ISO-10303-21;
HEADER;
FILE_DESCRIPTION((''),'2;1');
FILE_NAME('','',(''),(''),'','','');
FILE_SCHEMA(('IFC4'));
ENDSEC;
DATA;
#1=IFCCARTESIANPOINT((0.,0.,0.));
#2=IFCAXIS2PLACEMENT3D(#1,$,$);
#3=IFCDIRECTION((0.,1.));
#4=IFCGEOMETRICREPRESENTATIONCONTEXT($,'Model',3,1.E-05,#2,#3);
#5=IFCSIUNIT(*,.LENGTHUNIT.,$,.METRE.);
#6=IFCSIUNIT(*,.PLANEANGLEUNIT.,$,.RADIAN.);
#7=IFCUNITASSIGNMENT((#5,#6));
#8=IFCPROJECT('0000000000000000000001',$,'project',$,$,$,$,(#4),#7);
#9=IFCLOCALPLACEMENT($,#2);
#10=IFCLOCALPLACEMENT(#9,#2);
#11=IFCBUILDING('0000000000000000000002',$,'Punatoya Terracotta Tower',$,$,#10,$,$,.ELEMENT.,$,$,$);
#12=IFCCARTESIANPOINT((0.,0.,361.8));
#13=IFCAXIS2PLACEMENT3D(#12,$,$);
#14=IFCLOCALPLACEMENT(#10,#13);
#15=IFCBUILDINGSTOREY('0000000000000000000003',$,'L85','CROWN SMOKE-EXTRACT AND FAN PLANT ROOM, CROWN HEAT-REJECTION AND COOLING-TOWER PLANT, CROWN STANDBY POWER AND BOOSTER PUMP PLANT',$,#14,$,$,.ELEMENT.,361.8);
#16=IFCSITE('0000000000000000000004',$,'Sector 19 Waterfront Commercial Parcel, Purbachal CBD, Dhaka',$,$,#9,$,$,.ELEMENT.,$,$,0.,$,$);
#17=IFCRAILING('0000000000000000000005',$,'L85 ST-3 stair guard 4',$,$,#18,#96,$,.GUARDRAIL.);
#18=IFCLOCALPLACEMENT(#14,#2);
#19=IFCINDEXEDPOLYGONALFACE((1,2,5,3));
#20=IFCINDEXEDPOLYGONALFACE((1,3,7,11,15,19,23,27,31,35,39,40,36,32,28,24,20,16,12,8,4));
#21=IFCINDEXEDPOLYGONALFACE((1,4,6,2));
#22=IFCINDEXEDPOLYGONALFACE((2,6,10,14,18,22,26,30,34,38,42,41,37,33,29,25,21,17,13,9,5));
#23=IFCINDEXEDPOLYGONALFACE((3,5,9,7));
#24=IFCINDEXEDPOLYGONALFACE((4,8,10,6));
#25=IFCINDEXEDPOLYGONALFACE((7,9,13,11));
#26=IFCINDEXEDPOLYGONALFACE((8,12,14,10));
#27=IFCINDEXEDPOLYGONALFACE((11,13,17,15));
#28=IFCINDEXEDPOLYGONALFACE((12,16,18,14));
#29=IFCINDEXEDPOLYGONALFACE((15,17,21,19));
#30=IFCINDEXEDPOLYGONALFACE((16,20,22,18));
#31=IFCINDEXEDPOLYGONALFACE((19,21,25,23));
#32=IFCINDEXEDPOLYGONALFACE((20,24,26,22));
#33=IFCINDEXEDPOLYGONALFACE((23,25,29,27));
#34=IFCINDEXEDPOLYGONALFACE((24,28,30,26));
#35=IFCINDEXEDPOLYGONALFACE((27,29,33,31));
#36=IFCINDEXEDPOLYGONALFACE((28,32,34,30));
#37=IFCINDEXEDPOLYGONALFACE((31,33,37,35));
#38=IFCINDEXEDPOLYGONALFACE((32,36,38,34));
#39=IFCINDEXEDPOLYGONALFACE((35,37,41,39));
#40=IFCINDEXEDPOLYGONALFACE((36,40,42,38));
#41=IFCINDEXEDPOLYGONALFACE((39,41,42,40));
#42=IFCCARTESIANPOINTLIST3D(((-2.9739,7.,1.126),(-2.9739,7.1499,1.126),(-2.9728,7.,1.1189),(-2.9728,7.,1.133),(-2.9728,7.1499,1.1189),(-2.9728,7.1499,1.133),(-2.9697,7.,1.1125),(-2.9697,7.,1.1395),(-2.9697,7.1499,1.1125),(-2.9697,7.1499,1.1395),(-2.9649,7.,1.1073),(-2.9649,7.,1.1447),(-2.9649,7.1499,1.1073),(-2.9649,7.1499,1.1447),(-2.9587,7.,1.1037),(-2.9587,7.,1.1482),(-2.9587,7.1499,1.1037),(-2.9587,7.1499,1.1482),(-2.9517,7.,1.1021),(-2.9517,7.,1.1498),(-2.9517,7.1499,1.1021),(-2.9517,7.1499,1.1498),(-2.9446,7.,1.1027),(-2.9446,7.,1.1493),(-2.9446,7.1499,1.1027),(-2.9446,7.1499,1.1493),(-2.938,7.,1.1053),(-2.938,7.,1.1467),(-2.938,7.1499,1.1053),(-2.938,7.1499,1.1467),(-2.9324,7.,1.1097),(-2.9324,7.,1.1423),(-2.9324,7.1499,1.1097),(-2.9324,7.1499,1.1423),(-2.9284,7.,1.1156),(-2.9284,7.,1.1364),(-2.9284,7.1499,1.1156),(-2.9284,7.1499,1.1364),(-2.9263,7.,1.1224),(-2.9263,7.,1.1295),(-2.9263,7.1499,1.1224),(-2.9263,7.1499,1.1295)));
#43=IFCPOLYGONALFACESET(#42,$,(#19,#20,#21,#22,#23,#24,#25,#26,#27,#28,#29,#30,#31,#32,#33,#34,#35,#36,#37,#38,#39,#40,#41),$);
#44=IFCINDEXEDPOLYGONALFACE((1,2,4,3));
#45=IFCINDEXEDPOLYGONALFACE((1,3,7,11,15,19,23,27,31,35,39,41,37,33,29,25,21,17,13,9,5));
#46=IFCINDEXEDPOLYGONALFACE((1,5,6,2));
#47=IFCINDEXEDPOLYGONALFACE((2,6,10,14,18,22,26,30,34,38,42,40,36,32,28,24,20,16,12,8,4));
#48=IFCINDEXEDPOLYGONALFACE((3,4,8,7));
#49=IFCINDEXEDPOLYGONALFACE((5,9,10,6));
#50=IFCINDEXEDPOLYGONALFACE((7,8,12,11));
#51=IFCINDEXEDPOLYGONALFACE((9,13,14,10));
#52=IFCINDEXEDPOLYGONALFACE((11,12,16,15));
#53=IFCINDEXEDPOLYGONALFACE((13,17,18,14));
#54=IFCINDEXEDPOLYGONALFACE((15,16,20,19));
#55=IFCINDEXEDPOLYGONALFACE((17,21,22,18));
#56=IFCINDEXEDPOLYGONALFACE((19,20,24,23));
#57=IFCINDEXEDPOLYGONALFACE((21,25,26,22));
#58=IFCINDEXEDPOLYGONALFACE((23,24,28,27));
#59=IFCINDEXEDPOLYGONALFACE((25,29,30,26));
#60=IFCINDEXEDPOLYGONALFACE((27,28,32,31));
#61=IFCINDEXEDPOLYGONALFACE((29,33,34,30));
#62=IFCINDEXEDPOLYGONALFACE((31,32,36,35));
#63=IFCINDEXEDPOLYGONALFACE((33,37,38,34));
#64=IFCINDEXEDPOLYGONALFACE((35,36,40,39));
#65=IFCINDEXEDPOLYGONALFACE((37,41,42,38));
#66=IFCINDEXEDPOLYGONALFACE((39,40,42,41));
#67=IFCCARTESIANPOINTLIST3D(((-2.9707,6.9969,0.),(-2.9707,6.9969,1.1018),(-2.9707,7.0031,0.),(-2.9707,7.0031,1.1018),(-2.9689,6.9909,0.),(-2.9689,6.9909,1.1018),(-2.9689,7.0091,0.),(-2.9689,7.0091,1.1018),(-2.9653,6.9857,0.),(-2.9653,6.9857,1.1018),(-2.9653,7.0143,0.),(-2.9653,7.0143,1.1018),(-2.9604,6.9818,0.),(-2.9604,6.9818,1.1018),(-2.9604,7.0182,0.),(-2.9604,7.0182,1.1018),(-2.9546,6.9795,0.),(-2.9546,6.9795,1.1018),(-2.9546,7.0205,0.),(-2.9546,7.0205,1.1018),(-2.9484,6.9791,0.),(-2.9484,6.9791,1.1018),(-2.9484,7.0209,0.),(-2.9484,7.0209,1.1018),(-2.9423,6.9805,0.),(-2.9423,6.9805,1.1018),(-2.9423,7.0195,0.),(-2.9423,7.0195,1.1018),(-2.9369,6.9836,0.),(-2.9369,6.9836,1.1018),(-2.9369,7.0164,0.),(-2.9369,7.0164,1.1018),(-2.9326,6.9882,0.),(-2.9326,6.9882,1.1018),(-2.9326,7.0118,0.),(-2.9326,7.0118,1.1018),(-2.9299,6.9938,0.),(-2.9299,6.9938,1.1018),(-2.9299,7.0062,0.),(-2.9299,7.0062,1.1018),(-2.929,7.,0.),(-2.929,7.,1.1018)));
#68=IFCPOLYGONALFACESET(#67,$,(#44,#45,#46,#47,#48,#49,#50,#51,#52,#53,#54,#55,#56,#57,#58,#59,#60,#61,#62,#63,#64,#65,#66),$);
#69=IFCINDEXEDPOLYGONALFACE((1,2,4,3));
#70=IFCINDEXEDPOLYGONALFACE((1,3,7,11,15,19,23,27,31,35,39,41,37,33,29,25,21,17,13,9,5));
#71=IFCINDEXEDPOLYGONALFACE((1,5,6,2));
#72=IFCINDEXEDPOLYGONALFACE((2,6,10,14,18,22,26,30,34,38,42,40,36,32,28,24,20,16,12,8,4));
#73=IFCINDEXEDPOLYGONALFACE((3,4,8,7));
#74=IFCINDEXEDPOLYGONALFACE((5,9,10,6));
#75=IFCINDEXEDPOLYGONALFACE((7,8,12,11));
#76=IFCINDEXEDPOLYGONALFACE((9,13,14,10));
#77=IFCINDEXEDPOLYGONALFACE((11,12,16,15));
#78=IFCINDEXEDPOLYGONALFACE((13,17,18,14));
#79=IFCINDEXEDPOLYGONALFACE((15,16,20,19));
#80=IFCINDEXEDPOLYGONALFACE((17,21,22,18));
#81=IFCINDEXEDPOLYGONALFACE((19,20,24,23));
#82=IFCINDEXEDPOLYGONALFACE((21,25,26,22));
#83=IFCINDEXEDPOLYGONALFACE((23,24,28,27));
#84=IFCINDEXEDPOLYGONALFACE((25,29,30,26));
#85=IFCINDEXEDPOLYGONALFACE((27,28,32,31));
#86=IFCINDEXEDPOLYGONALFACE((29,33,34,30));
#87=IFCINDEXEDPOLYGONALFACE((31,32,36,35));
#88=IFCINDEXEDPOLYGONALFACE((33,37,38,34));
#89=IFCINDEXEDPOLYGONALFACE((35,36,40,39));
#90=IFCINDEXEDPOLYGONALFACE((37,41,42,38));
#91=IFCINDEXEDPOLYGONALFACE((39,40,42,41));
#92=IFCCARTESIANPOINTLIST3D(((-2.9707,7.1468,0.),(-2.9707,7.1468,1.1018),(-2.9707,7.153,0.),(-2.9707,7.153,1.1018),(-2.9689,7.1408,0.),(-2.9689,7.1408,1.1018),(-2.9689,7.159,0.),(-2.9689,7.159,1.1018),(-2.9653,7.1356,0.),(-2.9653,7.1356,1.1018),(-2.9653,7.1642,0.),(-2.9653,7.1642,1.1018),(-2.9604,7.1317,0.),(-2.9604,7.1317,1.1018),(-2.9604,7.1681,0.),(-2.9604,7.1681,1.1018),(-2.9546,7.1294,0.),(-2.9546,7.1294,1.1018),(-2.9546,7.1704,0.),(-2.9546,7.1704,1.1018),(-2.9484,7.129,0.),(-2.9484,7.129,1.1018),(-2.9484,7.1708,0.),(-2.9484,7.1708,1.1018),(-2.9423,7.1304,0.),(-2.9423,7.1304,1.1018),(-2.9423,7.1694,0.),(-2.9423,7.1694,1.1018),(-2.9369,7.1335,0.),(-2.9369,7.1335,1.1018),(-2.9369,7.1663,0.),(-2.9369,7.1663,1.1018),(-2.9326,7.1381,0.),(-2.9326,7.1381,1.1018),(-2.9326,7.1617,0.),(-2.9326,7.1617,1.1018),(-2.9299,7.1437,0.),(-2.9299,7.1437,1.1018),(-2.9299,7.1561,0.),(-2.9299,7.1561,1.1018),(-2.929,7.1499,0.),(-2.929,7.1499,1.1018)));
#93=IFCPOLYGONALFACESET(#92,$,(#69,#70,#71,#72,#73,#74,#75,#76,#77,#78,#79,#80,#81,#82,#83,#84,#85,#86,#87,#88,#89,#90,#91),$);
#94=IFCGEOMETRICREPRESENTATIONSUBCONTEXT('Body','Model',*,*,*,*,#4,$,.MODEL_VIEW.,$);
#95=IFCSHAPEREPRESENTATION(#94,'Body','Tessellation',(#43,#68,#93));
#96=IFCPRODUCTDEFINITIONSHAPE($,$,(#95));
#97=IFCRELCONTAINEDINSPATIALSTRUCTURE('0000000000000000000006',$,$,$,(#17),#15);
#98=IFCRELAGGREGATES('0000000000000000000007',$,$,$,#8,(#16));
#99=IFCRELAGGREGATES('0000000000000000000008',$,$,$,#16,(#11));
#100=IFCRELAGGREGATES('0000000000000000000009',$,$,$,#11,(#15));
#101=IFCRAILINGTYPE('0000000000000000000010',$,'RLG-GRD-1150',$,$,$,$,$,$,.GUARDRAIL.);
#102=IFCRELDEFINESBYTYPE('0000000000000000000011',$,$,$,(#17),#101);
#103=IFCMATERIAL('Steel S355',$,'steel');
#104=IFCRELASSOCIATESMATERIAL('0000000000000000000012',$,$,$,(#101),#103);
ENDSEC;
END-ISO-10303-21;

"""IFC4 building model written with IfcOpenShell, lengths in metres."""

from ifc_helpers import new_model, si_unit, direction, frame, origin, origin_2d, place, context, subcontext, project, spatial, circle, extrude, material, type_object, element, save


model = new_model("IFC4")

# Units and contexts
model_context = context("Model", 3, precision=1e-05, world=origin(), true_north=direction((0.0, 1.0)))
body_context = subcontext(model_context, "Body", "Model", "MODEL_VIEW")
ifc_project = project(units=[si_unit("LENGTHUNIT", "METRE"), si_unit("PLANEANGLEUNIT", "RADIAN")], contexts=[model_context])

# Site, building, storey
site_placement = place(None, origin())
site = spatial("IfcSite", under=ifc_project, at=site_placement, Name="Sector 19 Waterfront Commercial Parcel, Purbachal CBD, Dhaka", CompositionType="ELEMENT", RefElevation=0.0)
building_placement = place(site_placement, origin())
building = spatial("IfcBuilding", under=site, at=building_placement, Name="Punatoya Terracotta Tower", CompositionType="ELEMENT")
storey_placement = place(building_placement, frame((0.0, 0.0, 361.8)))
storey = spatial("IfcBuildingStorey", under=building, at=storey_placement, Name="L85", Description="CROWN SMOKE-EXTRACT AND FAN PLANT ROOM, CROWN HEAT-REJECTION AND COOLING-TOWER PLANT, CROWN STANDBY POWER AND BOOSTER PUMP PLANT", CompositionType="ELEMENT", Elevation=361.8)

# Shared definitions
ifc_material_1 = material(Name="Steel S355", Category="steel")

# Railing
railing_type_1 = type_object("IfcRailingType", Name="RLG-GRD-1150", PredefinedType="GUARDRAIL", material=ifc_material_1)
railing_1_placement = place(storey_placement, frame((-2.95, 7.0, 0.0)))
element("IfcRailing", 1, at=railing_1_placement, inside=storey, type_object=railing_type_1, Name="L85 ST-3 stair guard 4", PredefinedType="GUARDRAIL", context=body_context, shape_type="SweptSolid", body=[
    extrude(circle(Radius=0.0239, at=origin_2d()), frame((0.0, 0.0, 1.126), z_axis=(0.0, 1.0, 0.0), x_axis=(-1.0, 0.0, 0.0)), (0.0, 0.0, 1.0), 0.1499),
    extrude(circle(Radius=0.021, at=origin_2d()), origin(), (0.0, 0.0, 1.0), 1.1018),
    extrude(circle(Radius=0.021, at=origin_2d()), frame((0.0, 0.1499, 0.0)), (0.0, 0.0, 1.0), 1.1018),
])

save(model, "model.ifc")
